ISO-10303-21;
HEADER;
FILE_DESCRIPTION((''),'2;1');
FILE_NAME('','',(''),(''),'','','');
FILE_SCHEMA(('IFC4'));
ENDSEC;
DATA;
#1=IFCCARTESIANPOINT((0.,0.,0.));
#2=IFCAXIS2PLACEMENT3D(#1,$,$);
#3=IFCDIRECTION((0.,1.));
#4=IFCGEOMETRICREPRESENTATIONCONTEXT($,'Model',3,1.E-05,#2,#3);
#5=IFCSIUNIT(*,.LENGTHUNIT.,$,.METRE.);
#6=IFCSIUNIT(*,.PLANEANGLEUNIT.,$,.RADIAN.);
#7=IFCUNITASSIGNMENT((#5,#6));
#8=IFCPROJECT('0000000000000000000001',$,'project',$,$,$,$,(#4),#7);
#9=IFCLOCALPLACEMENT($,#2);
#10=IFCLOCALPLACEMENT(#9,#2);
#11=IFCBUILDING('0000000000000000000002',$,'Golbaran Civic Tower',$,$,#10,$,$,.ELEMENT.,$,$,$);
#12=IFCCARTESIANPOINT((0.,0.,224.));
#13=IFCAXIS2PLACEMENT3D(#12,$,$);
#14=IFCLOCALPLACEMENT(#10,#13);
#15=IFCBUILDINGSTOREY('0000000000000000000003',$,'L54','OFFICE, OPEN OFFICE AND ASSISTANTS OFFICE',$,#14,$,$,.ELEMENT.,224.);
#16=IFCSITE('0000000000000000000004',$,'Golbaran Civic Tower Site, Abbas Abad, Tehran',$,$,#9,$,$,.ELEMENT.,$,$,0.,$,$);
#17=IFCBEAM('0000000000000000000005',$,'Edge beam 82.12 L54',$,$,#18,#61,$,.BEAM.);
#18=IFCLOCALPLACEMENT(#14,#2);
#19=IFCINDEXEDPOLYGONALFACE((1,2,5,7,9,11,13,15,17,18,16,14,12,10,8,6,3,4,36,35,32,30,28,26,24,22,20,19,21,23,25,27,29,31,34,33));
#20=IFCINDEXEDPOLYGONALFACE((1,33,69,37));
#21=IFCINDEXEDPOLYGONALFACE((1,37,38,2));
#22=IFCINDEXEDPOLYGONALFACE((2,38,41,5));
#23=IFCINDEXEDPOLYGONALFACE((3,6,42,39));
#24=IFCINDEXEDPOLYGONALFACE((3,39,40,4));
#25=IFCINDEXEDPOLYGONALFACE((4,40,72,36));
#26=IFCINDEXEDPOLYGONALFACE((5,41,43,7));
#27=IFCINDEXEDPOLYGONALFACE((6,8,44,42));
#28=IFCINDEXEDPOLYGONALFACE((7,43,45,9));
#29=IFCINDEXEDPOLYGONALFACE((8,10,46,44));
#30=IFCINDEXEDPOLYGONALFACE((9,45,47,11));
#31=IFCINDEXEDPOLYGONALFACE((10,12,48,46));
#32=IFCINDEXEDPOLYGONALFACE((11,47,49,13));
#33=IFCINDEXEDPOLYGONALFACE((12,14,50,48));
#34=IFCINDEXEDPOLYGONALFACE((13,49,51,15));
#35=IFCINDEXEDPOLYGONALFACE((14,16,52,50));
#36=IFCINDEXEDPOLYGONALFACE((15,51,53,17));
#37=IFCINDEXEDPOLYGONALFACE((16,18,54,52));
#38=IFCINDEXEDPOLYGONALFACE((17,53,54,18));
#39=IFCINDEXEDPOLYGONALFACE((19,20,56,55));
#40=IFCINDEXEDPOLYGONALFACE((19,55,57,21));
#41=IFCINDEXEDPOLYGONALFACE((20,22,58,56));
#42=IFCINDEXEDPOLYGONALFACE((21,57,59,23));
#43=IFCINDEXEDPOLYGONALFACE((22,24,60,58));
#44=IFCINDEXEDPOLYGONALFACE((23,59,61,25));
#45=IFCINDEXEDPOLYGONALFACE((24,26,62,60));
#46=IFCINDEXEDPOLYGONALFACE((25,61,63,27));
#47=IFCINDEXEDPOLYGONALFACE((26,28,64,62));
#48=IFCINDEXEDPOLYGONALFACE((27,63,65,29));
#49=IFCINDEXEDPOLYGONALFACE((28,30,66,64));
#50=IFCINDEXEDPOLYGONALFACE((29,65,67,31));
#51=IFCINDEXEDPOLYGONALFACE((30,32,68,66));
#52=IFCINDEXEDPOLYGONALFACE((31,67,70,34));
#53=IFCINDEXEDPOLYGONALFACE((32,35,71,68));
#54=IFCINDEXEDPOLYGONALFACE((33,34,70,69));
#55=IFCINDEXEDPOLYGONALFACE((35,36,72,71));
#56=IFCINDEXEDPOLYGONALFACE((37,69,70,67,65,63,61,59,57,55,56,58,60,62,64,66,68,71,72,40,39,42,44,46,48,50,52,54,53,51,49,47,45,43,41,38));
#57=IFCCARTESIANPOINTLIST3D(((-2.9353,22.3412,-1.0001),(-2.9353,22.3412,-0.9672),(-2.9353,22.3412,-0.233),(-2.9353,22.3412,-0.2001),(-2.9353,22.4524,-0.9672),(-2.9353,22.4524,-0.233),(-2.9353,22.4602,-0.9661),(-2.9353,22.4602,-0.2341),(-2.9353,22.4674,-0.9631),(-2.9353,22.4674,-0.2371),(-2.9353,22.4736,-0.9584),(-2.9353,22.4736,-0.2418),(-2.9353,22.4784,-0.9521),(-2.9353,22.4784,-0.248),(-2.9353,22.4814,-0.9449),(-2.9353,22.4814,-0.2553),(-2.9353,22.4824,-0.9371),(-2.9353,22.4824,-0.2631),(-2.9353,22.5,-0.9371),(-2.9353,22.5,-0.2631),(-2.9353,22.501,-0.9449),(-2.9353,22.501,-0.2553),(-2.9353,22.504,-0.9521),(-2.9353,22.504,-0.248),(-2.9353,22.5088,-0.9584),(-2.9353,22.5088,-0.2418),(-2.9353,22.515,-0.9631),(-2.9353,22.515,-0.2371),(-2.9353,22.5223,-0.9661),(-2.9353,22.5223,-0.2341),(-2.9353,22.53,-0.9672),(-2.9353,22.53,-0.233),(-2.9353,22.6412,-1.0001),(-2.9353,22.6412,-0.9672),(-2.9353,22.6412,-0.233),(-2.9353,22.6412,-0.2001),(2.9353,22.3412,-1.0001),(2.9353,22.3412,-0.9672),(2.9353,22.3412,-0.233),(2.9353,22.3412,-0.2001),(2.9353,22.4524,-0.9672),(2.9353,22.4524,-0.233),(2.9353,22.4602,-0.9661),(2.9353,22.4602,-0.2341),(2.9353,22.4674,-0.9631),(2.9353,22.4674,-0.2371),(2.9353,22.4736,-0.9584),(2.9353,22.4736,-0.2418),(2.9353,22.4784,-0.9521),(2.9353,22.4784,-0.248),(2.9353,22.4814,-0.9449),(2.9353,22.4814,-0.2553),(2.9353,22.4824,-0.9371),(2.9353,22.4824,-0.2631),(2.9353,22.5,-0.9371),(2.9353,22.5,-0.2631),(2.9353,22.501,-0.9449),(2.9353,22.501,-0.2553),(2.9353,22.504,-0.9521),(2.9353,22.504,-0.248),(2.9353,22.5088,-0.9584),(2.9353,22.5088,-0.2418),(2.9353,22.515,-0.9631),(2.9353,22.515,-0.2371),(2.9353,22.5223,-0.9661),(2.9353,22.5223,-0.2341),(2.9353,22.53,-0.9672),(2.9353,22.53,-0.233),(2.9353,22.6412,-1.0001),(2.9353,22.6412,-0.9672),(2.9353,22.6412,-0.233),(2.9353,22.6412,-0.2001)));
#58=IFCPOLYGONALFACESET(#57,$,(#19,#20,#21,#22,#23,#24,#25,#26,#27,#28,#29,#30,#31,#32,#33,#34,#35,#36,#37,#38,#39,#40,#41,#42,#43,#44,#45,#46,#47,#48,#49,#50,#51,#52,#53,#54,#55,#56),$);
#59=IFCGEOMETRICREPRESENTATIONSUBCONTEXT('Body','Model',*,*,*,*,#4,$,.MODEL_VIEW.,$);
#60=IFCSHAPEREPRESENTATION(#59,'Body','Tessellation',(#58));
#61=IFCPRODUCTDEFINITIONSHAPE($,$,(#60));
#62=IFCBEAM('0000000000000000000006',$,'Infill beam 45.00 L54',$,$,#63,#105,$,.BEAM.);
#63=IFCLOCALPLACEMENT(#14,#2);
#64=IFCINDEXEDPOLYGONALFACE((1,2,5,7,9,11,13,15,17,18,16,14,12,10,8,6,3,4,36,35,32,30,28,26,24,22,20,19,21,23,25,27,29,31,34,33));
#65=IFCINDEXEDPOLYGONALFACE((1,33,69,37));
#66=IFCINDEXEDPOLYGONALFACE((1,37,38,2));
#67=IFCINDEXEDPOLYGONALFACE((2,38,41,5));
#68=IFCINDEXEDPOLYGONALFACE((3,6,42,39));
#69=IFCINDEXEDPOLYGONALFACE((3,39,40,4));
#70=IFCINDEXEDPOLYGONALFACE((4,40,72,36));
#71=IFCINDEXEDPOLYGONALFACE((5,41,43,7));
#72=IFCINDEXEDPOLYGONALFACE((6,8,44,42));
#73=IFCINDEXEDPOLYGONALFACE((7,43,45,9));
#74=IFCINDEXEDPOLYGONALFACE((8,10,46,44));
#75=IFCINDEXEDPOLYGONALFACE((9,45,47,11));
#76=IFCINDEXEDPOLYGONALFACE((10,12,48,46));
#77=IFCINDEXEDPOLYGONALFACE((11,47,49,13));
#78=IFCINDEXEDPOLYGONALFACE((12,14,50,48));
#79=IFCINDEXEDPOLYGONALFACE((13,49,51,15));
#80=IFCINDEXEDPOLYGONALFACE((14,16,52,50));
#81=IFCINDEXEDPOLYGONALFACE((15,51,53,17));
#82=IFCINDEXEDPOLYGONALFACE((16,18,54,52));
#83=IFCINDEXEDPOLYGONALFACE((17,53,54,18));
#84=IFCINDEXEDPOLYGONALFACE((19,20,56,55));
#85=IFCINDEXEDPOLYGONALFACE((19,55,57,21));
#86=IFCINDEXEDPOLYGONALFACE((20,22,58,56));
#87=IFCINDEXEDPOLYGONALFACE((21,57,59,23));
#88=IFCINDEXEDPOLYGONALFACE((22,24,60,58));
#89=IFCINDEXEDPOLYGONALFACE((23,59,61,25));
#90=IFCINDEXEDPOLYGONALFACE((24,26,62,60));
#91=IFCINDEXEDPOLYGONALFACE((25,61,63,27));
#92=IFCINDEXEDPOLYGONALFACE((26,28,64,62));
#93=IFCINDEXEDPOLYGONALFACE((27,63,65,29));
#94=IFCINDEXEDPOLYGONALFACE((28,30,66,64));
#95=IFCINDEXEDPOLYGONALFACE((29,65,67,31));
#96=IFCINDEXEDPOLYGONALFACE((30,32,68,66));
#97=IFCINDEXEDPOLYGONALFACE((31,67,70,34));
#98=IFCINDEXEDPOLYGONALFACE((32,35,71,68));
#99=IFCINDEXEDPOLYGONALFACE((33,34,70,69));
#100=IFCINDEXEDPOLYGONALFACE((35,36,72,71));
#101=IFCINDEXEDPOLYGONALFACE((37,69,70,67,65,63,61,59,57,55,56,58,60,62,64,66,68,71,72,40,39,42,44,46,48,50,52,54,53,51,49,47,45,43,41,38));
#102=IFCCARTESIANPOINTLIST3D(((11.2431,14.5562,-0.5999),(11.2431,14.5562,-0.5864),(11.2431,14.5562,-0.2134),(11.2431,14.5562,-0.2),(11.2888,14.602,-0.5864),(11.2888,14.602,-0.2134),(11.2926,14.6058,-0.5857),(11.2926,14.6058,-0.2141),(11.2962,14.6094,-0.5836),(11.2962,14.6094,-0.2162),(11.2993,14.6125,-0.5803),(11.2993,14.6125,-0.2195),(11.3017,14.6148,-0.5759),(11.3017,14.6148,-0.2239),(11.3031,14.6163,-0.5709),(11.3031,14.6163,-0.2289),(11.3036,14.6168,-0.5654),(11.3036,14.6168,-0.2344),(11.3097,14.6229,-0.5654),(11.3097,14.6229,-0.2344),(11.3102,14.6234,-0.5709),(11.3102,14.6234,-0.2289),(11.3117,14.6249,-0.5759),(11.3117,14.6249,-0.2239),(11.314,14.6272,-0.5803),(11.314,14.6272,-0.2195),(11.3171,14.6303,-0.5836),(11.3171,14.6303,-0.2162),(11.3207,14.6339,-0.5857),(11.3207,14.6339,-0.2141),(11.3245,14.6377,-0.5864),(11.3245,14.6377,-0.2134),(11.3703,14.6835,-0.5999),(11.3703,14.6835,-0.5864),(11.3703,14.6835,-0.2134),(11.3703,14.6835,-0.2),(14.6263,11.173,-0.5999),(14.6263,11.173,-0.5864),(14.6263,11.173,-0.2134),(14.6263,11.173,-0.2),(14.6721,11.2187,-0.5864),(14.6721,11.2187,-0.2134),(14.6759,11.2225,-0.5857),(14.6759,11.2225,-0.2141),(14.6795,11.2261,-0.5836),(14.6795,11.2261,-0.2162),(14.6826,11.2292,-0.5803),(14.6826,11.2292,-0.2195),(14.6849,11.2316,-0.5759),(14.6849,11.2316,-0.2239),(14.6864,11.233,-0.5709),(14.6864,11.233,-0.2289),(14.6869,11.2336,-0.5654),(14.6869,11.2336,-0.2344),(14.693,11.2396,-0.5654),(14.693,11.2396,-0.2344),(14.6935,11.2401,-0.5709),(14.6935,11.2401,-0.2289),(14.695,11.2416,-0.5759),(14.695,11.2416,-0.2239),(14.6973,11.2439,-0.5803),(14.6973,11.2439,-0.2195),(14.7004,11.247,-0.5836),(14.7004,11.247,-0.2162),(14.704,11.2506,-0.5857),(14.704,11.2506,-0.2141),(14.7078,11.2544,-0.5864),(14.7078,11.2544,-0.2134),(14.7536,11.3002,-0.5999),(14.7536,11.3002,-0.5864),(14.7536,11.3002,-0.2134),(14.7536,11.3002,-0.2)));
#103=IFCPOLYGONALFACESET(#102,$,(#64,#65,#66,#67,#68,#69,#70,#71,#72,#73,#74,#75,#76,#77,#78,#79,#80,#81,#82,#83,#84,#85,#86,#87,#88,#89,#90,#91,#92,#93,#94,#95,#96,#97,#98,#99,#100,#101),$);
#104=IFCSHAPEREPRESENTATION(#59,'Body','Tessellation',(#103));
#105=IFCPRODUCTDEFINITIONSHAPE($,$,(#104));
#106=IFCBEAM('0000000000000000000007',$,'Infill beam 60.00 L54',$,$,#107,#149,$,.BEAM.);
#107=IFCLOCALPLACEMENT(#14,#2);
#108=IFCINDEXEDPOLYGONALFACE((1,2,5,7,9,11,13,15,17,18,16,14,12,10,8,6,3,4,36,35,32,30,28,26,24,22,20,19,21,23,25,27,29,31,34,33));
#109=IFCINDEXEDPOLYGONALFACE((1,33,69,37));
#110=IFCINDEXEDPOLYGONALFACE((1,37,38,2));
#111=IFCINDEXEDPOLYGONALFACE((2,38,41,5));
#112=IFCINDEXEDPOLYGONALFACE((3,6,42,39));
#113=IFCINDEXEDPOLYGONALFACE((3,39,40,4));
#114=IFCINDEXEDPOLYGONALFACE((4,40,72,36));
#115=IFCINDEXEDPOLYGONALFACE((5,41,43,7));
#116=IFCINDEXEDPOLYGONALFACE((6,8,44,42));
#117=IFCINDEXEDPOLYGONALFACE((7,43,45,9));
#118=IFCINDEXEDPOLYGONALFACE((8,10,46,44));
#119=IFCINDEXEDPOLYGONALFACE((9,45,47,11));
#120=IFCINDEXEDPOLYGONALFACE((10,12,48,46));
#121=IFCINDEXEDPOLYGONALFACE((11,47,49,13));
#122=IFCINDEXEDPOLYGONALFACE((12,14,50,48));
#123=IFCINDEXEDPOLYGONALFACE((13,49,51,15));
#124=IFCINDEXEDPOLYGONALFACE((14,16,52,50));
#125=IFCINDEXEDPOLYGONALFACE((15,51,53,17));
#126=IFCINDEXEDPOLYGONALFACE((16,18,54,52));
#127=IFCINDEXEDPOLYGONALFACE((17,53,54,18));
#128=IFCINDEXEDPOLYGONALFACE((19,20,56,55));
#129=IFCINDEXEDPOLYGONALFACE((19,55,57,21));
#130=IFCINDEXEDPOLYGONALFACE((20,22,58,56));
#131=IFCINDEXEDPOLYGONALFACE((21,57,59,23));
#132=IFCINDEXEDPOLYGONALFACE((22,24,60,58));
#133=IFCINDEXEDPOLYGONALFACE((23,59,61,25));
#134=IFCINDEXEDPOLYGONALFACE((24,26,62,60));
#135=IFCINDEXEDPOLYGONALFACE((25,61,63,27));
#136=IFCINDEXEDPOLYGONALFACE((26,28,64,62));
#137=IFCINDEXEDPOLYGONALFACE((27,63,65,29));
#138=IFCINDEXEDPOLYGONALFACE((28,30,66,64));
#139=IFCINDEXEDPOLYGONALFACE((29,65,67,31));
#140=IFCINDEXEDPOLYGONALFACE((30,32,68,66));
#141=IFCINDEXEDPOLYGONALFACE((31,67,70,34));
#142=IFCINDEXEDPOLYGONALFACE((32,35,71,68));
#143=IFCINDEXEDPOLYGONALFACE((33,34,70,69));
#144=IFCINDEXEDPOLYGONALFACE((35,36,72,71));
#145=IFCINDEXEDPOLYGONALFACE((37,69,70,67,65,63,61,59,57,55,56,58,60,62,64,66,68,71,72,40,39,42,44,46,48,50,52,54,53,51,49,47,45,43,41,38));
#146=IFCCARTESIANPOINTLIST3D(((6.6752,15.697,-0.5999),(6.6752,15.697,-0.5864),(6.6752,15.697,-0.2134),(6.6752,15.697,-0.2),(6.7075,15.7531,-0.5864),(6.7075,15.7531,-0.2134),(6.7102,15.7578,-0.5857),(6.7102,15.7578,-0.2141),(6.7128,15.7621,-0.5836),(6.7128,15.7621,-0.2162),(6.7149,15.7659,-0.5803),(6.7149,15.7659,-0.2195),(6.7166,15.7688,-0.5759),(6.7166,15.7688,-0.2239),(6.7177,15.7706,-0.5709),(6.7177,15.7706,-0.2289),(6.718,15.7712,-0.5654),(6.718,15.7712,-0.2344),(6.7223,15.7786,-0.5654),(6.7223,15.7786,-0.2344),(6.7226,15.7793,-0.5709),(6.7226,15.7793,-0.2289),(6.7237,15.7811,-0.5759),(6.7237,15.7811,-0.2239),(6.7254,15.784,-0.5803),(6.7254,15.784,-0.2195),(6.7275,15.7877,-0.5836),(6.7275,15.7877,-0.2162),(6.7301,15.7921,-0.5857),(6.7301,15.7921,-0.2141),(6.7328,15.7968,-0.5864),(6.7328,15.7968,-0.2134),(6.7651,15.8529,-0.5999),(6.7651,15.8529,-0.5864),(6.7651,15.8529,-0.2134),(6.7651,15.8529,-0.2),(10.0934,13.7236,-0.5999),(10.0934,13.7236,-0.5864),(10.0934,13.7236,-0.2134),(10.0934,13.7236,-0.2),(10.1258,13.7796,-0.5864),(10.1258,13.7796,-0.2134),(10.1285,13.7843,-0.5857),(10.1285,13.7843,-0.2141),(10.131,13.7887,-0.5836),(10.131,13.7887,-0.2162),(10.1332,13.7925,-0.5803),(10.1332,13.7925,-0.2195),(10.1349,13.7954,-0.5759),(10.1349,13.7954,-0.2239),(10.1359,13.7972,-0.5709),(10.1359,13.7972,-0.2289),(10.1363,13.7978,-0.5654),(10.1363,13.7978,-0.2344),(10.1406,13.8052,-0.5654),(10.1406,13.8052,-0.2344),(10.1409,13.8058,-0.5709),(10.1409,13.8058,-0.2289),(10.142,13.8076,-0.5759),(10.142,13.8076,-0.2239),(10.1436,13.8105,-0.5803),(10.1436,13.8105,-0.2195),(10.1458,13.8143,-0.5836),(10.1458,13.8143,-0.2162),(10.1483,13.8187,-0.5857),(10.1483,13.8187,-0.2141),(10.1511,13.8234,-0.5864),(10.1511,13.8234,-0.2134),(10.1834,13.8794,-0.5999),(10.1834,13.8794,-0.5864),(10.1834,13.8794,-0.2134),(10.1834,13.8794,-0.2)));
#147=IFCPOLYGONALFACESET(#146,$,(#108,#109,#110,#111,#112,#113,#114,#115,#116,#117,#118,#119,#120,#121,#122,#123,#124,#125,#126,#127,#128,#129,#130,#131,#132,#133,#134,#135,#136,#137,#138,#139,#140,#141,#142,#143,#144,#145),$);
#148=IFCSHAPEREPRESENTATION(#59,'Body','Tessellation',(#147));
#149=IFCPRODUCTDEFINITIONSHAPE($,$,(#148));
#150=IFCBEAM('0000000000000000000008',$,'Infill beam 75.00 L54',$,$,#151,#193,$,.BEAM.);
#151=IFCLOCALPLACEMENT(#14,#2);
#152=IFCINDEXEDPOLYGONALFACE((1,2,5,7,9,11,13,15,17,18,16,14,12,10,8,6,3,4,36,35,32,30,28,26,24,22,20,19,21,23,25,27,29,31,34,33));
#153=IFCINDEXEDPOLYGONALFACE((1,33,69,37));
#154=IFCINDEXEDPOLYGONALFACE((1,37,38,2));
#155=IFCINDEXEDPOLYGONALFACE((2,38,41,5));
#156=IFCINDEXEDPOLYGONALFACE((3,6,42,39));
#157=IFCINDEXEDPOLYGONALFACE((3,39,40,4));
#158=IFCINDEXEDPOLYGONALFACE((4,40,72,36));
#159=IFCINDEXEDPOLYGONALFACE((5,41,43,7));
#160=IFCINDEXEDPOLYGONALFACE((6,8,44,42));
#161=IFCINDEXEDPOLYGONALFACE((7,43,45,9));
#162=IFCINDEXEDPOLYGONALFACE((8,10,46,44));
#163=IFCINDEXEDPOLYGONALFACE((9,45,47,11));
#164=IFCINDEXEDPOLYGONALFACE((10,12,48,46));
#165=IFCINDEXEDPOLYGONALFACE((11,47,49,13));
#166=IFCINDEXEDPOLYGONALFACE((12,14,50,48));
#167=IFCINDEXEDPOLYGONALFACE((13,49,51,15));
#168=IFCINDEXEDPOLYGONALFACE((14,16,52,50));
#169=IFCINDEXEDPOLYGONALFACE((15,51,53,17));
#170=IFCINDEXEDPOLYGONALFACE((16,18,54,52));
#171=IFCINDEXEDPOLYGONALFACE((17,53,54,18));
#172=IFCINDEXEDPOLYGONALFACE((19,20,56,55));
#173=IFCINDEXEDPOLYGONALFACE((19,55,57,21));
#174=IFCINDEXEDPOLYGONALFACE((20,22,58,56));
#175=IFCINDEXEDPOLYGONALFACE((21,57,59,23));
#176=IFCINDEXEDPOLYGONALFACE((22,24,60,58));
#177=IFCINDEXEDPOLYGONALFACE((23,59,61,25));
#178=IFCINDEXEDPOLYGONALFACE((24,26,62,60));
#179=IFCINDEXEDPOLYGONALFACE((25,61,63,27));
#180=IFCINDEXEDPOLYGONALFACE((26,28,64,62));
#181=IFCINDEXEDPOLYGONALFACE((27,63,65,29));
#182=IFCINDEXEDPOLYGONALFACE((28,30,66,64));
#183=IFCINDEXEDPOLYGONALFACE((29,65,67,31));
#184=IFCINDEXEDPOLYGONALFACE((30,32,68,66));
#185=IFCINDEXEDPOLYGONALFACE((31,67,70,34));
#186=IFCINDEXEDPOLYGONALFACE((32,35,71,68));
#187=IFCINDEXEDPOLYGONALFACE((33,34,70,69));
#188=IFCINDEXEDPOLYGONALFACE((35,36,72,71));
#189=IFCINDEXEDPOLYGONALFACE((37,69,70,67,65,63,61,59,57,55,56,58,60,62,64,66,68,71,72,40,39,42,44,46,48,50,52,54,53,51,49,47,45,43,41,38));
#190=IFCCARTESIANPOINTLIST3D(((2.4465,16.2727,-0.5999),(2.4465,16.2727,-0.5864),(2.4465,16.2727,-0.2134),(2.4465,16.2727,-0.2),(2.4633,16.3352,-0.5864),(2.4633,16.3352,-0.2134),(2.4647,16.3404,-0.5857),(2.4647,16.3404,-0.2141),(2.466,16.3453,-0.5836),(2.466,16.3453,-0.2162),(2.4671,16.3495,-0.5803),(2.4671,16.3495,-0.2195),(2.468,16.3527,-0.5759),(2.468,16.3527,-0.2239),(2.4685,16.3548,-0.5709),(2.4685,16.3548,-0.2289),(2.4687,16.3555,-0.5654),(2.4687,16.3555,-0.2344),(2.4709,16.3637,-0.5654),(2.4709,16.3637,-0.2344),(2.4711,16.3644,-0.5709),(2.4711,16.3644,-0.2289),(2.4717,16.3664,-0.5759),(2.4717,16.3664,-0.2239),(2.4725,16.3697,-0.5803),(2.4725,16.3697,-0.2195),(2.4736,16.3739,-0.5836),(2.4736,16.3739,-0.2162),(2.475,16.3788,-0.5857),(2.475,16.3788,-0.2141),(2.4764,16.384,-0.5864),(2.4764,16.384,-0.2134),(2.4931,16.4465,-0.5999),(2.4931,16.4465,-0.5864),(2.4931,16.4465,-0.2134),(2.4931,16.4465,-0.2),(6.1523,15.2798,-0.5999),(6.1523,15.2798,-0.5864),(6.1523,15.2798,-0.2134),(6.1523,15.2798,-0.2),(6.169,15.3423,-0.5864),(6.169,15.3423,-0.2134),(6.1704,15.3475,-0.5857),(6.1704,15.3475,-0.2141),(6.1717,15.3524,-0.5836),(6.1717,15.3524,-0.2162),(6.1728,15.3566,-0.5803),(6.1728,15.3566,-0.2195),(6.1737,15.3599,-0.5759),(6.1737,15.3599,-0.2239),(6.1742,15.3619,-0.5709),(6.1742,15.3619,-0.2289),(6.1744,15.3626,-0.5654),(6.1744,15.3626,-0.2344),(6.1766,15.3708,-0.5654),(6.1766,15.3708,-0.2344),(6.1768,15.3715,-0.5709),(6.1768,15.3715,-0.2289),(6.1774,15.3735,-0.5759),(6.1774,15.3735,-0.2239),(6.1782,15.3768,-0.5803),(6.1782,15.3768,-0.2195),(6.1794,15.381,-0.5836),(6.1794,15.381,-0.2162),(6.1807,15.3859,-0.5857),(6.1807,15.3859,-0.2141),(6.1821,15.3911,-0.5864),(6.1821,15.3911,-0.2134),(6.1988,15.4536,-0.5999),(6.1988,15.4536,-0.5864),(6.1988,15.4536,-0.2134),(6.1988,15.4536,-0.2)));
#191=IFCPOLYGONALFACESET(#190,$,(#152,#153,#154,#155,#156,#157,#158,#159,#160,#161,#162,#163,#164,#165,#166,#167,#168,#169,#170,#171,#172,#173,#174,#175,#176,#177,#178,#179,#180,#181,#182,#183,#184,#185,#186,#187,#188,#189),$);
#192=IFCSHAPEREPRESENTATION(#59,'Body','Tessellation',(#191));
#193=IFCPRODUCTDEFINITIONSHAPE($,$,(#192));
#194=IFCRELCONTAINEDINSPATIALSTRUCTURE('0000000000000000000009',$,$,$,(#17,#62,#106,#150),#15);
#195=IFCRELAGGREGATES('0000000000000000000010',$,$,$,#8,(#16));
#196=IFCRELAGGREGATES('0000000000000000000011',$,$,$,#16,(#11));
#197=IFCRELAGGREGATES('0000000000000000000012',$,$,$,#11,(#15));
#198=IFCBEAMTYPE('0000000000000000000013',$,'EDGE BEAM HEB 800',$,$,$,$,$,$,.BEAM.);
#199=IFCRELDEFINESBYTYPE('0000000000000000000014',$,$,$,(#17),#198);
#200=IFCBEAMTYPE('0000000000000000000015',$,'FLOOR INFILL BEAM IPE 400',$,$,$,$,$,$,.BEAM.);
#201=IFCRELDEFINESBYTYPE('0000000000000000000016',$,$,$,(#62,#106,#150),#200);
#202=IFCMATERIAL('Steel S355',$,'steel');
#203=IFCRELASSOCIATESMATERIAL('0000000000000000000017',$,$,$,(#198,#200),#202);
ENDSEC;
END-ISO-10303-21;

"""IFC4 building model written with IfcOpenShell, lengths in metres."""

from ifc_helpers import new_model, si_unit, direction, frame, origin, origin_2d, place, context, subcontext, project, spatial, i_section, extrude, material, material_profile, profile_set, type_object, element, save


model = new_model("IFC4")

# Units and contexts
model_context = context("Model", 3, precision=1e-05, world=origin(), true_north=direction((0.0, 1.0)))
body_context = subcontext(model_context, "Body", "Model", "MODEL_VIEW")
ifc_project = project(units=[si_unit("LENGTHUNIT", "METRE"), si_unit("PLANEANGLEUNIT", "RADIAN")], contexts=[model_context])

# Site, building, storey
site_placement = place(None, origin())
site = spatial("IfcSite", under=ifc_project, at=site_placement, Name="Golbaran Civic Tower Site, Abbas Abad, Tehran", CompositionType="ELEMENT", RefElevation=0.0)
building_placement = place(site_placement, origin())
building = spatial("IfcBuilding", under=site, at=building_placement, Name="Golbaran Civic Tower", CompositionType="ELEMENT")
storey_placement = place(building_placement, frame((0.0, 0.0, 224.0)))
storey = spatial("IfcBuildingStorey", under=building, at=storey_placement, Name="L54", Description="OFFICE, OPEN OFFICE AND ASSISTANTS OFFICE", CompositionType="ELEMENT", Elevation=224.0)

# Beams
ifc_material_1 = material(Name="Steel S355", Category="steel")
ifc_material_profile_1 = material_profile(ifc_material_1, i_section(OverallWidth=0.3, OverallDepth=0.8, WebThickness=0.0176, FlangeThickness=0.033, FilletRadius=0.03, at=origin_2d()), Name="HEB 800")
ifc_profile_set_1 = profile_set([ifc_material_profile_1], Name="Steel S355")
beam_type_1 = type_object("IfcBeamType", Name="EDGE BEAM HEB 800", PredefinedType="BEAM", material=ifc_profile_set_1)
beam_1_placement = place(storey_placement, frame((2.9353, 22.4912, -0.6001), z_axis=(-1.0, 0.0, 0.0), x_axis=(0.0, -1.0, 0.0)))
element("IfcBeam", 1, at=beam_1_placement, inside=storey, type_object=beam_type_1, Name="Edge beam 82.12 L54", PredefinedType="BEAM", context=body_context, shape_type="SweptSolid", body=[
    extrude(i_section(OverallWidth=0.3, OverallDepth=0.8, WebThickness=0.0176, FlangeThickness=0.033, FilletRadius=0.03, at=origin_2d()), origin(), (0.0, 0.0, 1.0), 5.8706),
])
ifc_material_profile_2 = material_profile(ifc_material_1, i_section(OverallWidth=0.1799, OverallDepth=0.3999, WebThickness=0.0085, FlangeThickness=0.0134, FilletRadius=0.021, at=origin_2d()), Name="IPE 400")
ifc_profile_set_2 = profile_set([ifc_material_profile_2], Name="Steel S355")
beam_type_2 = type_object("IfcBeamType", Name="FLOOR INFILL BEAM IPE 400", PredefinedType="BEAM", material=ifc_profile_set_2)
beam_2_placement = place(storey_placement, frame((14.6899, 11.2366, -0.3999), z_axis=(-0.707107, 0.707107, 0.0), x_axis=(-0.707107, -0.707107, 0.0)))
element("IfcBeam", 2, at=beam_2_placement, inside=storey, type_object=beam_type_2, Name="Infill beam 45.00 L54", PredefinedType="BEAM", context=body_context, shape_type="SweptSolid", body=[
    extrude(i_section(OverallWidth=0.1799, OverallDepth=0.3999, WebThickness=0.0085, FlangeThickness=0.0134, FilletRadius=0.021, at=origin_2d()), origin(), (0.0, 0.0, 1.0), 4.7847),
])
beam_3_placement = place(storey_placement, frame((10.1384, 13.8015, -0.3999), z_axis=(-0.866038, 0.499978, 0.0), x_axis=(-0.499978, -0.866038, 0.0)))
element("IfcBeam", 3, at=beam_3_placement, inside=storey, type_object=beam_type_2, Name="Infill beam 60.00 L54", PredefinedType="BEAM", context=body_context, shape_type="SweptSolid", body=[
    extrude(i_section(OverallWidth=0.1799, OverallDepth=0.3999, WebThickness=0.0085, FlangeThickness=0.0134, FilletRadius=0.021, at=origin_2d()), origin(), (0.0, 0.0, 1.0), 3.947),
])
beam_4_placement = place(storey_placement, frame((6.1755, 15.3667, -0.3999), z_axis=(-0.965929, 0.258807, 0.0), x_axis=(-0.258807, -0.965929, 0.0)))
element("IfcBeam", 4, at=beam_4_placement, inside=storey, type_object=beam_type_2, Name="Infill beam 75.00 L54", PredefinedType="BEAM", context=body_context, shape_type="SweptSolid", body=[
    extrude(i_section(OverallWidth=0.1799, OverallDepth=0.3999, WebThickness=0.0085, FlangeThickness=0.0134, FilletRadius=0.021, at=origin_2d()), origin(), (0.0, 0.0, 1.0), 3.8364),
])

save(model, "model.ifc")
